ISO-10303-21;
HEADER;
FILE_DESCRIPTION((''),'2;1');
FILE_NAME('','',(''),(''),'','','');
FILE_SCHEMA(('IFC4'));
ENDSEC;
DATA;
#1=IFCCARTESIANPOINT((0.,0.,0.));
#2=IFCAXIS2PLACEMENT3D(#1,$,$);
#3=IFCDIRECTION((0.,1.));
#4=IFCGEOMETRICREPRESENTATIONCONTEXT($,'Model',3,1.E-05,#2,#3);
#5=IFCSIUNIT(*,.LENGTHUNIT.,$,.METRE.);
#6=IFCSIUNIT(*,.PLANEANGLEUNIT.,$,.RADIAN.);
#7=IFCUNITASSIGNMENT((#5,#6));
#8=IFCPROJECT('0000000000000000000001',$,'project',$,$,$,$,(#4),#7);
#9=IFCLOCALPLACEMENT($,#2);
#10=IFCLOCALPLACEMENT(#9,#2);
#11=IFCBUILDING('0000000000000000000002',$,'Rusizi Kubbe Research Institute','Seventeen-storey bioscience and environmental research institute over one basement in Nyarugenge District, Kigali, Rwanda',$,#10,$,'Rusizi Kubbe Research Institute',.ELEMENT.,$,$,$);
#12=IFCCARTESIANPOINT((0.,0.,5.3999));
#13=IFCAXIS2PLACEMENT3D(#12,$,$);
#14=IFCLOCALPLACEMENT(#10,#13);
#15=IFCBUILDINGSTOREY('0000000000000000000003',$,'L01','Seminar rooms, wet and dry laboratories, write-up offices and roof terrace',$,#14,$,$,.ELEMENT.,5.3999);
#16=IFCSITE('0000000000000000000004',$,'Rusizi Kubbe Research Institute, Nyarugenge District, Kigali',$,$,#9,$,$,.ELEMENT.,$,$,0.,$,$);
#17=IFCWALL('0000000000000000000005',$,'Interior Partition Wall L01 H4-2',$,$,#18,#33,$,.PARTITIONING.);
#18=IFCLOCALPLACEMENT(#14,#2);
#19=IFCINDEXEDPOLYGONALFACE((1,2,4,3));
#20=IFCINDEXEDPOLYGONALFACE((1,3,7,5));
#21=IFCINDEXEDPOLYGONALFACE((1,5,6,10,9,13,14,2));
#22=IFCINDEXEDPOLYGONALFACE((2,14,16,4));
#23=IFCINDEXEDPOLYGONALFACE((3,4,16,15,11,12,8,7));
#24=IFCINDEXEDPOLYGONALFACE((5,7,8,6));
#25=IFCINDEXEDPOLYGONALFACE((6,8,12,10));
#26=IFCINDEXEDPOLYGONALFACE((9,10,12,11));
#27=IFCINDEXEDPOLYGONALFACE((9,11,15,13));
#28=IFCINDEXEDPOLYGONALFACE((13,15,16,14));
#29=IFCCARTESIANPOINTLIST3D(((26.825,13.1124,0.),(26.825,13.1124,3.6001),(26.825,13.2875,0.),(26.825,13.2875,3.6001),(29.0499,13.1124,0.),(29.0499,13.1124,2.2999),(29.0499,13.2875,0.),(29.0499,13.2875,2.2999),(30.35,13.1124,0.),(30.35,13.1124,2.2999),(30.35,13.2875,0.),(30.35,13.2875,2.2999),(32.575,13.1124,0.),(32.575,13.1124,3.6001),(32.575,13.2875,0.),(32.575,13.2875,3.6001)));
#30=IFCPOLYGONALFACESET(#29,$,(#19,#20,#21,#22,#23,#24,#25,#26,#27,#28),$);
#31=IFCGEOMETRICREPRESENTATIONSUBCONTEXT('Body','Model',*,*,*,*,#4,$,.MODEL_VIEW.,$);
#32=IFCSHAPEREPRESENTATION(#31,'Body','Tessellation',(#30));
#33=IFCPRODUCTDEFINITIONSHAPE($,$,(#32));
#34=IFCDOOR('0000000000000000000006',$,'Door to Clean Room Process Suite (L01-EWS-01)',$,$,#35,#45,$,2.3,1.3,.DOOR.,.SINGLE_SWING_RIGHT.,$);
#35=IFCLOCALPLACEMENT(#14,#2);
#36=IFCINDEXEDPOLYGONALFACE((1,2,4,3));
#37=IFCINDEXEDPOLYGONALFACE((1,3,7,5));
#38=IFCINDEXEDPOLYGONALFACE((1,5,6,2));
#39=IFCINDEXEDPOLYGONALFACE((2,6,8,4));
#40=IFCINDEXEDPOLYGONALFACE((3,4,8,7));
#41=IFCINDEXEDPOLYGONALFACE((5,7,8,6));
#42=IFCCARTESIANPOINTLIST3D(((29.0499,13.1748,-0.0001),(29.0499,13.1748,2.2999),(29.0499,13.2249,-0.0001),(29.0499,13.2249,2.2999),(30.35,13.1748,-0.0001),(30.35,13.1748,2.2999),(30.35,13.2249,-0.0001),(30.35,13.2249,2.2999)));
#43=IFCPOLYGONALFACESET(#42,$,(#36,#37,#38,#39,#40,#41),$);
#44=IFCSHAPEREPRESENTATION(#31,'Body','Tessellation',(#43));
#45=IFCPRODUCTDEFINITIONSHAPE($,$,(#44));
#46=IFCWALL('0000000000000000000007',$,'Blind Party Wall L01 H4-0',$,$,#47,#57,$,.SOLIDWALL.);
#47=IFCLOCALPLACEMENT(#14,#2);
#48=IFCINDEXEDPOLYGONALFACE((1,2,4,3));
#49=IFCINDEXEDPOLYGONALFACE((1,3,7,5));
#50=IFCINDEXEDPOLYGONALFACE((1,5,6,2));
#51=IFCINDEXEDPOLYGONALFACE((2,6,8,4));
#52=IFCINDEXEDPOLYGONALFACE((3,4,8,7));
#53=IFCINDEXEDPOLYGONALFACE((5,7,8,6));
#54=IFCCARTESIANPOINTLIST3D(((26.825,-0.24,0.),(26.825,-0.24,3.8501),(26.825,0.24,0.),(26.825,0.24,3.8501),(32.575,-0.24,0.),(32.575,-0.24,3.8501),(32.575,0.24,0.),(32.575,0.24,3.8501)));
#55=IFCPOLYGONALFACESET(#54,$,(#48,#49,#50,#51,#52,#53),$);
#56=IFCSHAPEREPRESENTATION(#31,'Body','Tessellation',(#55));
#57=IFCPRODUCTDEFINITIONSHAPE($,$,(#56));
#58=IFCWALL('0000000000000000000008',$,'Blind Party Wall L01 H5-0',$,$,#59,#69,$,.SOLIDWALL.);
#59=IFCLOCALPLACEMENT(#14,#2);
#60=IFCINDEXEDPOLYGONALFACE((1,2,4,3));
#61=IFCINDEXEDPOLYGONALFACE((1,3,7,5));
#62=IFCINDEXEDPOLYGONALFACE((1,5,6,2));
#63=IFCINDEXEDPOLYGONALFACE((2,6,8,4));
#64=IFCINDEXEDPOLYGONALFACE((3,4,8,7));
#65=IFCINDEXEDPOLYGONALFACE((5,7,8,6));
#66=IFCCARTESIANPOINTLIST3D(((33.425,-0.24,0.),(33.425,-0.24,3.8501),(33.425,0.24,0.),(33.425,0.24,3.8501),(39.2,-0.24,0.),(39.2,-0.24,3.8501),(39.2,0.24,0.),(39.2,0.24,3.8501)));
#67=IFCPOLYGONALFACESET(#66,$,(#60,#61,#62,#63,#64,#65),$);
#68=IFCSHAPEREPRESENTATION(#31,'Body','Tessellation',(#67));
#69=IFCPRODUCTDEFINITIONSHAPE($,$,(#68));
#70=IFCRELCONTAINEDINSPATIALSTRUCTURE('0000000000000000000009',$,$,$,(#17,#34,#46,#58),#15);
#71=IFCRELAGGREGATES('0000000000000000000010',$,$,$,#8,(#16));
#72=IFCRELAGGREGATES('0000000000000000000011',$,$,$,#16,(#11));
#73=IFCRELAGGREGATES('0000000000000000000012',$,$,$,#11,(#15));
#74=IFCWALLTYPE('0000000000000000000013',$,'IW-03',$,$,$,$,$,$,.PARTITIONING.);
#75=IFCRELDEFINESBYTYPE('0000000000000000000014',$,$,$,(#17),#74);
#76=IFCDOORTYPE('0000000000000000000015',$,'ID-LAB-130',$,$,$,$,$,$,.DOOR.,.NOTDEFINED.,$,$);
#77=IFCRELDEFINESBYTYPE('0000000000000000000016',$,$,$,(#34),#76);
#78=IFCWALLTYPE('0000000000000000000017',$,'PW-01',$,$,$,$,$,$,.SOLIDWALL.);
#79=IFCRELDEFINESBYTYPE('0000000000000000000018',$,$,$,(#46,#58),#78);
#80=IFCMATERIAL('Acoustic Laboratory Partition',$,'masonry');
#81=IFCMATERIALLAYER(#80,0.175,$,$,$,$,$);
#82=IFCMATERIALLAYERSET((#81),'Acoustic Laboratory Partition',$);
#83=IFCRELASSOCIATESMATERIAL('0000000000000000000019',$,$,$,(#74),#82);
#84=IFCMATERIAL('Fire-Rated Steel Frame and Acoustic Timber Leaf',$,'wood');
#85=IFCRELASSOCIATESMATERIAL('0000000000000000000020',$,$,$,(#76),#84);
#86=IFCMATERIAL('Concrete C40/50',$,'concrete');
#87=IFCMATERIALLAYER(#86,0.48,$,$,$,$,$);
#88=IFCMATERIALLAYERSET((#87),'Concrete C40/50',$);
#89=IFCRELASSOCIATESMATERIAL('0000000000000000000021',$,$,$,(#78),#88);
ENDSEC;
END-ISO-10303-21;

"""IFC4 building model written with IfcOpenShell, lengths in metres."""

from ifc_helpers import new_model, si_unit, direction, frame, frame_2d, origin, place, context, subcontext, project, spatial, rectangle, extrude, material, layer, layer_set, type_object, element, fill, save


model = new_model("IFC4")

# Units and contexts
model_context = context("Model", 3, precision=1e-05, world=origin(), true_north=direction((0.0, 1.0)))
body_context = subcontext(model_context, "Body", "Model", "MODEL_VIEW")
ifc_project = project(units=[si_unit("LENGTHUNIT", "METRE"), si_unit("PLANEANGLEUNIT", "RADIAN")], contexts=[model_context])

# Site, building, storey
site_placement = place(None, origin())
site = spatial("IfcSite", under=ifc_project, at=site_placement, Name="Rusizi Kubbe Research Institute, Nyarugenge District, Kigali", CompositionType="ELEMENT", RefElevation=0.0)
building_placement = place(site_placement, origin())
building = spatial("IfcBuilding", under=site, at=building_placement, Name="Rusizi Kubbe Research Institute", Description="Seventeen-storey bioscience and environmental research institute over one basement in Nyarugenge District, Kigali, Rwanda", LongName="Rusizi Kubbe Research Institute", CompositionType="ELEMENT")
storey_placement = place(building_placement, frame((0.0, 0.0, 5.3999)))
storey = spatial("IfcBuildingStorey", under=building, at=storey_placement, Name="L01", Description="Seminar rooms, wet and dry laboratories, write-up offices and roof terrace", CompositionType="ELEMENT", Elevation=5.3999)

# Wall, opening, door
ifc_material_1 = material(Name="Acoustic Laboratory Partition", Category="masonry")
ifc_layer_1 = layer(ifc_material_1, 0.175)
ifc_layer_set_1 = layer_set([ifc_layer_1], Name="Acoustic Laboratory Partition")
wall_type_1 = type_object("IfcWallType", Name="IW-03", PredefinedType="PARTITIONING", material=ifc_layer_set_1)
wall_1_placement = place(storey_placement, frame((26.825, 13.2, 0.0), z_axis=(0.0, 0.0, 1.0), x_axis=(1.0, 0.0, 0.0)))
wall_1 = element("IfcWall", 1, at=wall_1_placement, inside=storey, type_object=wall_type_1, Name="Interior Partition Wall L01 H4-2", PredefinedType="PARTITIONING", context=body_context, shape_type="SweptSolid", body=[
    extrude(rectangle(XDim=5.75, YDim=0.175, at=frame_2d((2.875, 0.0))), origin(), (0.0, 0.0, 1.0), 3.6001),
])
opening_1_placement = place(wall_1_placement, frame((2.2251, 0.0, 0.0)))
opening_1 = element("IfcOpeningElement", 2, at=opening_1_placement, cuts=wall_1, PredefinedType="OPENING", context=body_context, shape_type="SweptSolid", body=[
    extrude(rectangle(XDim=1.3, YDim=2.3, at=frame_2d((0.6499, 1.1499))), frame((0.0, 0.0974, 0.0), z_axis=(0.0, -1.0, 0.0), x_axis=(1.0, 0.0, 0.0)), (0.0, 0.0, 1.0), 0.1951),
])
ifc_material_2 = material(Name="Fire-Rated Steel Frame and Acoustic Timber Leaf", Category="wood")
door_type_1 = type_object("IfcDoorType", Name="ID-LAB-130", OperationType="NOTDEFINED", PredefinedType="DOOR", material=ifc_material_2)
door_1_placement = place(opening_1_placement, origin())
door_1 = element("IfcDoor", 3, at=door_1_placement, inside=storey, type_object=door_type_1, Name="Door to Clean Room Process Suite (L01-EWS-01)", OperationType="SINGLE_SWING_RIGHT", OverallHeight=2.3, OverallWidth=1.3, PredefinedType="DOOR", context=body_context, shape_type="SweptSolid", body=[
    extrude(rectangle(XDim=1.3, YDim=2.3, at=frame_2d((0.6499, 1.1499))), frame((0.0, 0.0249, 0.0), z_axis=(0.0, -1.0, 0.0), x_axis=(1.0, 0.0, 0.0)), (0.0, 0.0, 1.0), 0.05),
])
fill(opening_1, door_1)

# Walls
ifc_material_3 = material(Name="Concrete C40/50", Category="concrete")
ifc_layer_2 = layer(ifc_material_3, 0.48)
ifc_layer_set_2 = layer_set([ifc_layer_2], Name="Concrete C40/50")
wall_type_2 = type_object("IfcWallType", Name="PW-01", PredefinedType="SOLIDWALL", material=ifc_layer_set_2)
wall_2_placement = place(storey_placement, frame((26.825, 0.0, 0.0), z_axis=(0.0, 0.0, 1.0), x_axis=(1.0, 0.0, 0.0)))
element("IfcWall", 4, at=wall_2_placement, inside=storey, type_object=wall_type_2, Name="Blind Party Wall L01 H4-0", PredefinedType="SOLIDWALL", context=body_context, shape_type="SweptSolid", body=[
    extrude(rectangle(XDim=5.75, YDim=0.48, at=frame_2d((2.875, 0.0))), origin(), (0.0, 0.0, 1.0), 3.8501),
])
wall_3_placement = place(storey_placement, frame((33.425, 0.0, 0.0), z_axis=(0.0, 0.0, 1.0), x_axis=(1.0, 0.0, 0.0)))
element("IfcWall", 5, at=wall_3_placement, inside=storey, type_object=wall_type_2, Name="Blind Party Wall L01 H5-0", PredefinedType="SOLIDWALL", context=body_context, shape_type="SweptSolid", body=[
    extrude(rectangle(XDim=5.7749, YDim=0.48, at=frame_2d((2.8875, 0.0))), origin(), (0.0, 0.0, 1.0), 3.8501),
])

save(model, "model.ifc")
